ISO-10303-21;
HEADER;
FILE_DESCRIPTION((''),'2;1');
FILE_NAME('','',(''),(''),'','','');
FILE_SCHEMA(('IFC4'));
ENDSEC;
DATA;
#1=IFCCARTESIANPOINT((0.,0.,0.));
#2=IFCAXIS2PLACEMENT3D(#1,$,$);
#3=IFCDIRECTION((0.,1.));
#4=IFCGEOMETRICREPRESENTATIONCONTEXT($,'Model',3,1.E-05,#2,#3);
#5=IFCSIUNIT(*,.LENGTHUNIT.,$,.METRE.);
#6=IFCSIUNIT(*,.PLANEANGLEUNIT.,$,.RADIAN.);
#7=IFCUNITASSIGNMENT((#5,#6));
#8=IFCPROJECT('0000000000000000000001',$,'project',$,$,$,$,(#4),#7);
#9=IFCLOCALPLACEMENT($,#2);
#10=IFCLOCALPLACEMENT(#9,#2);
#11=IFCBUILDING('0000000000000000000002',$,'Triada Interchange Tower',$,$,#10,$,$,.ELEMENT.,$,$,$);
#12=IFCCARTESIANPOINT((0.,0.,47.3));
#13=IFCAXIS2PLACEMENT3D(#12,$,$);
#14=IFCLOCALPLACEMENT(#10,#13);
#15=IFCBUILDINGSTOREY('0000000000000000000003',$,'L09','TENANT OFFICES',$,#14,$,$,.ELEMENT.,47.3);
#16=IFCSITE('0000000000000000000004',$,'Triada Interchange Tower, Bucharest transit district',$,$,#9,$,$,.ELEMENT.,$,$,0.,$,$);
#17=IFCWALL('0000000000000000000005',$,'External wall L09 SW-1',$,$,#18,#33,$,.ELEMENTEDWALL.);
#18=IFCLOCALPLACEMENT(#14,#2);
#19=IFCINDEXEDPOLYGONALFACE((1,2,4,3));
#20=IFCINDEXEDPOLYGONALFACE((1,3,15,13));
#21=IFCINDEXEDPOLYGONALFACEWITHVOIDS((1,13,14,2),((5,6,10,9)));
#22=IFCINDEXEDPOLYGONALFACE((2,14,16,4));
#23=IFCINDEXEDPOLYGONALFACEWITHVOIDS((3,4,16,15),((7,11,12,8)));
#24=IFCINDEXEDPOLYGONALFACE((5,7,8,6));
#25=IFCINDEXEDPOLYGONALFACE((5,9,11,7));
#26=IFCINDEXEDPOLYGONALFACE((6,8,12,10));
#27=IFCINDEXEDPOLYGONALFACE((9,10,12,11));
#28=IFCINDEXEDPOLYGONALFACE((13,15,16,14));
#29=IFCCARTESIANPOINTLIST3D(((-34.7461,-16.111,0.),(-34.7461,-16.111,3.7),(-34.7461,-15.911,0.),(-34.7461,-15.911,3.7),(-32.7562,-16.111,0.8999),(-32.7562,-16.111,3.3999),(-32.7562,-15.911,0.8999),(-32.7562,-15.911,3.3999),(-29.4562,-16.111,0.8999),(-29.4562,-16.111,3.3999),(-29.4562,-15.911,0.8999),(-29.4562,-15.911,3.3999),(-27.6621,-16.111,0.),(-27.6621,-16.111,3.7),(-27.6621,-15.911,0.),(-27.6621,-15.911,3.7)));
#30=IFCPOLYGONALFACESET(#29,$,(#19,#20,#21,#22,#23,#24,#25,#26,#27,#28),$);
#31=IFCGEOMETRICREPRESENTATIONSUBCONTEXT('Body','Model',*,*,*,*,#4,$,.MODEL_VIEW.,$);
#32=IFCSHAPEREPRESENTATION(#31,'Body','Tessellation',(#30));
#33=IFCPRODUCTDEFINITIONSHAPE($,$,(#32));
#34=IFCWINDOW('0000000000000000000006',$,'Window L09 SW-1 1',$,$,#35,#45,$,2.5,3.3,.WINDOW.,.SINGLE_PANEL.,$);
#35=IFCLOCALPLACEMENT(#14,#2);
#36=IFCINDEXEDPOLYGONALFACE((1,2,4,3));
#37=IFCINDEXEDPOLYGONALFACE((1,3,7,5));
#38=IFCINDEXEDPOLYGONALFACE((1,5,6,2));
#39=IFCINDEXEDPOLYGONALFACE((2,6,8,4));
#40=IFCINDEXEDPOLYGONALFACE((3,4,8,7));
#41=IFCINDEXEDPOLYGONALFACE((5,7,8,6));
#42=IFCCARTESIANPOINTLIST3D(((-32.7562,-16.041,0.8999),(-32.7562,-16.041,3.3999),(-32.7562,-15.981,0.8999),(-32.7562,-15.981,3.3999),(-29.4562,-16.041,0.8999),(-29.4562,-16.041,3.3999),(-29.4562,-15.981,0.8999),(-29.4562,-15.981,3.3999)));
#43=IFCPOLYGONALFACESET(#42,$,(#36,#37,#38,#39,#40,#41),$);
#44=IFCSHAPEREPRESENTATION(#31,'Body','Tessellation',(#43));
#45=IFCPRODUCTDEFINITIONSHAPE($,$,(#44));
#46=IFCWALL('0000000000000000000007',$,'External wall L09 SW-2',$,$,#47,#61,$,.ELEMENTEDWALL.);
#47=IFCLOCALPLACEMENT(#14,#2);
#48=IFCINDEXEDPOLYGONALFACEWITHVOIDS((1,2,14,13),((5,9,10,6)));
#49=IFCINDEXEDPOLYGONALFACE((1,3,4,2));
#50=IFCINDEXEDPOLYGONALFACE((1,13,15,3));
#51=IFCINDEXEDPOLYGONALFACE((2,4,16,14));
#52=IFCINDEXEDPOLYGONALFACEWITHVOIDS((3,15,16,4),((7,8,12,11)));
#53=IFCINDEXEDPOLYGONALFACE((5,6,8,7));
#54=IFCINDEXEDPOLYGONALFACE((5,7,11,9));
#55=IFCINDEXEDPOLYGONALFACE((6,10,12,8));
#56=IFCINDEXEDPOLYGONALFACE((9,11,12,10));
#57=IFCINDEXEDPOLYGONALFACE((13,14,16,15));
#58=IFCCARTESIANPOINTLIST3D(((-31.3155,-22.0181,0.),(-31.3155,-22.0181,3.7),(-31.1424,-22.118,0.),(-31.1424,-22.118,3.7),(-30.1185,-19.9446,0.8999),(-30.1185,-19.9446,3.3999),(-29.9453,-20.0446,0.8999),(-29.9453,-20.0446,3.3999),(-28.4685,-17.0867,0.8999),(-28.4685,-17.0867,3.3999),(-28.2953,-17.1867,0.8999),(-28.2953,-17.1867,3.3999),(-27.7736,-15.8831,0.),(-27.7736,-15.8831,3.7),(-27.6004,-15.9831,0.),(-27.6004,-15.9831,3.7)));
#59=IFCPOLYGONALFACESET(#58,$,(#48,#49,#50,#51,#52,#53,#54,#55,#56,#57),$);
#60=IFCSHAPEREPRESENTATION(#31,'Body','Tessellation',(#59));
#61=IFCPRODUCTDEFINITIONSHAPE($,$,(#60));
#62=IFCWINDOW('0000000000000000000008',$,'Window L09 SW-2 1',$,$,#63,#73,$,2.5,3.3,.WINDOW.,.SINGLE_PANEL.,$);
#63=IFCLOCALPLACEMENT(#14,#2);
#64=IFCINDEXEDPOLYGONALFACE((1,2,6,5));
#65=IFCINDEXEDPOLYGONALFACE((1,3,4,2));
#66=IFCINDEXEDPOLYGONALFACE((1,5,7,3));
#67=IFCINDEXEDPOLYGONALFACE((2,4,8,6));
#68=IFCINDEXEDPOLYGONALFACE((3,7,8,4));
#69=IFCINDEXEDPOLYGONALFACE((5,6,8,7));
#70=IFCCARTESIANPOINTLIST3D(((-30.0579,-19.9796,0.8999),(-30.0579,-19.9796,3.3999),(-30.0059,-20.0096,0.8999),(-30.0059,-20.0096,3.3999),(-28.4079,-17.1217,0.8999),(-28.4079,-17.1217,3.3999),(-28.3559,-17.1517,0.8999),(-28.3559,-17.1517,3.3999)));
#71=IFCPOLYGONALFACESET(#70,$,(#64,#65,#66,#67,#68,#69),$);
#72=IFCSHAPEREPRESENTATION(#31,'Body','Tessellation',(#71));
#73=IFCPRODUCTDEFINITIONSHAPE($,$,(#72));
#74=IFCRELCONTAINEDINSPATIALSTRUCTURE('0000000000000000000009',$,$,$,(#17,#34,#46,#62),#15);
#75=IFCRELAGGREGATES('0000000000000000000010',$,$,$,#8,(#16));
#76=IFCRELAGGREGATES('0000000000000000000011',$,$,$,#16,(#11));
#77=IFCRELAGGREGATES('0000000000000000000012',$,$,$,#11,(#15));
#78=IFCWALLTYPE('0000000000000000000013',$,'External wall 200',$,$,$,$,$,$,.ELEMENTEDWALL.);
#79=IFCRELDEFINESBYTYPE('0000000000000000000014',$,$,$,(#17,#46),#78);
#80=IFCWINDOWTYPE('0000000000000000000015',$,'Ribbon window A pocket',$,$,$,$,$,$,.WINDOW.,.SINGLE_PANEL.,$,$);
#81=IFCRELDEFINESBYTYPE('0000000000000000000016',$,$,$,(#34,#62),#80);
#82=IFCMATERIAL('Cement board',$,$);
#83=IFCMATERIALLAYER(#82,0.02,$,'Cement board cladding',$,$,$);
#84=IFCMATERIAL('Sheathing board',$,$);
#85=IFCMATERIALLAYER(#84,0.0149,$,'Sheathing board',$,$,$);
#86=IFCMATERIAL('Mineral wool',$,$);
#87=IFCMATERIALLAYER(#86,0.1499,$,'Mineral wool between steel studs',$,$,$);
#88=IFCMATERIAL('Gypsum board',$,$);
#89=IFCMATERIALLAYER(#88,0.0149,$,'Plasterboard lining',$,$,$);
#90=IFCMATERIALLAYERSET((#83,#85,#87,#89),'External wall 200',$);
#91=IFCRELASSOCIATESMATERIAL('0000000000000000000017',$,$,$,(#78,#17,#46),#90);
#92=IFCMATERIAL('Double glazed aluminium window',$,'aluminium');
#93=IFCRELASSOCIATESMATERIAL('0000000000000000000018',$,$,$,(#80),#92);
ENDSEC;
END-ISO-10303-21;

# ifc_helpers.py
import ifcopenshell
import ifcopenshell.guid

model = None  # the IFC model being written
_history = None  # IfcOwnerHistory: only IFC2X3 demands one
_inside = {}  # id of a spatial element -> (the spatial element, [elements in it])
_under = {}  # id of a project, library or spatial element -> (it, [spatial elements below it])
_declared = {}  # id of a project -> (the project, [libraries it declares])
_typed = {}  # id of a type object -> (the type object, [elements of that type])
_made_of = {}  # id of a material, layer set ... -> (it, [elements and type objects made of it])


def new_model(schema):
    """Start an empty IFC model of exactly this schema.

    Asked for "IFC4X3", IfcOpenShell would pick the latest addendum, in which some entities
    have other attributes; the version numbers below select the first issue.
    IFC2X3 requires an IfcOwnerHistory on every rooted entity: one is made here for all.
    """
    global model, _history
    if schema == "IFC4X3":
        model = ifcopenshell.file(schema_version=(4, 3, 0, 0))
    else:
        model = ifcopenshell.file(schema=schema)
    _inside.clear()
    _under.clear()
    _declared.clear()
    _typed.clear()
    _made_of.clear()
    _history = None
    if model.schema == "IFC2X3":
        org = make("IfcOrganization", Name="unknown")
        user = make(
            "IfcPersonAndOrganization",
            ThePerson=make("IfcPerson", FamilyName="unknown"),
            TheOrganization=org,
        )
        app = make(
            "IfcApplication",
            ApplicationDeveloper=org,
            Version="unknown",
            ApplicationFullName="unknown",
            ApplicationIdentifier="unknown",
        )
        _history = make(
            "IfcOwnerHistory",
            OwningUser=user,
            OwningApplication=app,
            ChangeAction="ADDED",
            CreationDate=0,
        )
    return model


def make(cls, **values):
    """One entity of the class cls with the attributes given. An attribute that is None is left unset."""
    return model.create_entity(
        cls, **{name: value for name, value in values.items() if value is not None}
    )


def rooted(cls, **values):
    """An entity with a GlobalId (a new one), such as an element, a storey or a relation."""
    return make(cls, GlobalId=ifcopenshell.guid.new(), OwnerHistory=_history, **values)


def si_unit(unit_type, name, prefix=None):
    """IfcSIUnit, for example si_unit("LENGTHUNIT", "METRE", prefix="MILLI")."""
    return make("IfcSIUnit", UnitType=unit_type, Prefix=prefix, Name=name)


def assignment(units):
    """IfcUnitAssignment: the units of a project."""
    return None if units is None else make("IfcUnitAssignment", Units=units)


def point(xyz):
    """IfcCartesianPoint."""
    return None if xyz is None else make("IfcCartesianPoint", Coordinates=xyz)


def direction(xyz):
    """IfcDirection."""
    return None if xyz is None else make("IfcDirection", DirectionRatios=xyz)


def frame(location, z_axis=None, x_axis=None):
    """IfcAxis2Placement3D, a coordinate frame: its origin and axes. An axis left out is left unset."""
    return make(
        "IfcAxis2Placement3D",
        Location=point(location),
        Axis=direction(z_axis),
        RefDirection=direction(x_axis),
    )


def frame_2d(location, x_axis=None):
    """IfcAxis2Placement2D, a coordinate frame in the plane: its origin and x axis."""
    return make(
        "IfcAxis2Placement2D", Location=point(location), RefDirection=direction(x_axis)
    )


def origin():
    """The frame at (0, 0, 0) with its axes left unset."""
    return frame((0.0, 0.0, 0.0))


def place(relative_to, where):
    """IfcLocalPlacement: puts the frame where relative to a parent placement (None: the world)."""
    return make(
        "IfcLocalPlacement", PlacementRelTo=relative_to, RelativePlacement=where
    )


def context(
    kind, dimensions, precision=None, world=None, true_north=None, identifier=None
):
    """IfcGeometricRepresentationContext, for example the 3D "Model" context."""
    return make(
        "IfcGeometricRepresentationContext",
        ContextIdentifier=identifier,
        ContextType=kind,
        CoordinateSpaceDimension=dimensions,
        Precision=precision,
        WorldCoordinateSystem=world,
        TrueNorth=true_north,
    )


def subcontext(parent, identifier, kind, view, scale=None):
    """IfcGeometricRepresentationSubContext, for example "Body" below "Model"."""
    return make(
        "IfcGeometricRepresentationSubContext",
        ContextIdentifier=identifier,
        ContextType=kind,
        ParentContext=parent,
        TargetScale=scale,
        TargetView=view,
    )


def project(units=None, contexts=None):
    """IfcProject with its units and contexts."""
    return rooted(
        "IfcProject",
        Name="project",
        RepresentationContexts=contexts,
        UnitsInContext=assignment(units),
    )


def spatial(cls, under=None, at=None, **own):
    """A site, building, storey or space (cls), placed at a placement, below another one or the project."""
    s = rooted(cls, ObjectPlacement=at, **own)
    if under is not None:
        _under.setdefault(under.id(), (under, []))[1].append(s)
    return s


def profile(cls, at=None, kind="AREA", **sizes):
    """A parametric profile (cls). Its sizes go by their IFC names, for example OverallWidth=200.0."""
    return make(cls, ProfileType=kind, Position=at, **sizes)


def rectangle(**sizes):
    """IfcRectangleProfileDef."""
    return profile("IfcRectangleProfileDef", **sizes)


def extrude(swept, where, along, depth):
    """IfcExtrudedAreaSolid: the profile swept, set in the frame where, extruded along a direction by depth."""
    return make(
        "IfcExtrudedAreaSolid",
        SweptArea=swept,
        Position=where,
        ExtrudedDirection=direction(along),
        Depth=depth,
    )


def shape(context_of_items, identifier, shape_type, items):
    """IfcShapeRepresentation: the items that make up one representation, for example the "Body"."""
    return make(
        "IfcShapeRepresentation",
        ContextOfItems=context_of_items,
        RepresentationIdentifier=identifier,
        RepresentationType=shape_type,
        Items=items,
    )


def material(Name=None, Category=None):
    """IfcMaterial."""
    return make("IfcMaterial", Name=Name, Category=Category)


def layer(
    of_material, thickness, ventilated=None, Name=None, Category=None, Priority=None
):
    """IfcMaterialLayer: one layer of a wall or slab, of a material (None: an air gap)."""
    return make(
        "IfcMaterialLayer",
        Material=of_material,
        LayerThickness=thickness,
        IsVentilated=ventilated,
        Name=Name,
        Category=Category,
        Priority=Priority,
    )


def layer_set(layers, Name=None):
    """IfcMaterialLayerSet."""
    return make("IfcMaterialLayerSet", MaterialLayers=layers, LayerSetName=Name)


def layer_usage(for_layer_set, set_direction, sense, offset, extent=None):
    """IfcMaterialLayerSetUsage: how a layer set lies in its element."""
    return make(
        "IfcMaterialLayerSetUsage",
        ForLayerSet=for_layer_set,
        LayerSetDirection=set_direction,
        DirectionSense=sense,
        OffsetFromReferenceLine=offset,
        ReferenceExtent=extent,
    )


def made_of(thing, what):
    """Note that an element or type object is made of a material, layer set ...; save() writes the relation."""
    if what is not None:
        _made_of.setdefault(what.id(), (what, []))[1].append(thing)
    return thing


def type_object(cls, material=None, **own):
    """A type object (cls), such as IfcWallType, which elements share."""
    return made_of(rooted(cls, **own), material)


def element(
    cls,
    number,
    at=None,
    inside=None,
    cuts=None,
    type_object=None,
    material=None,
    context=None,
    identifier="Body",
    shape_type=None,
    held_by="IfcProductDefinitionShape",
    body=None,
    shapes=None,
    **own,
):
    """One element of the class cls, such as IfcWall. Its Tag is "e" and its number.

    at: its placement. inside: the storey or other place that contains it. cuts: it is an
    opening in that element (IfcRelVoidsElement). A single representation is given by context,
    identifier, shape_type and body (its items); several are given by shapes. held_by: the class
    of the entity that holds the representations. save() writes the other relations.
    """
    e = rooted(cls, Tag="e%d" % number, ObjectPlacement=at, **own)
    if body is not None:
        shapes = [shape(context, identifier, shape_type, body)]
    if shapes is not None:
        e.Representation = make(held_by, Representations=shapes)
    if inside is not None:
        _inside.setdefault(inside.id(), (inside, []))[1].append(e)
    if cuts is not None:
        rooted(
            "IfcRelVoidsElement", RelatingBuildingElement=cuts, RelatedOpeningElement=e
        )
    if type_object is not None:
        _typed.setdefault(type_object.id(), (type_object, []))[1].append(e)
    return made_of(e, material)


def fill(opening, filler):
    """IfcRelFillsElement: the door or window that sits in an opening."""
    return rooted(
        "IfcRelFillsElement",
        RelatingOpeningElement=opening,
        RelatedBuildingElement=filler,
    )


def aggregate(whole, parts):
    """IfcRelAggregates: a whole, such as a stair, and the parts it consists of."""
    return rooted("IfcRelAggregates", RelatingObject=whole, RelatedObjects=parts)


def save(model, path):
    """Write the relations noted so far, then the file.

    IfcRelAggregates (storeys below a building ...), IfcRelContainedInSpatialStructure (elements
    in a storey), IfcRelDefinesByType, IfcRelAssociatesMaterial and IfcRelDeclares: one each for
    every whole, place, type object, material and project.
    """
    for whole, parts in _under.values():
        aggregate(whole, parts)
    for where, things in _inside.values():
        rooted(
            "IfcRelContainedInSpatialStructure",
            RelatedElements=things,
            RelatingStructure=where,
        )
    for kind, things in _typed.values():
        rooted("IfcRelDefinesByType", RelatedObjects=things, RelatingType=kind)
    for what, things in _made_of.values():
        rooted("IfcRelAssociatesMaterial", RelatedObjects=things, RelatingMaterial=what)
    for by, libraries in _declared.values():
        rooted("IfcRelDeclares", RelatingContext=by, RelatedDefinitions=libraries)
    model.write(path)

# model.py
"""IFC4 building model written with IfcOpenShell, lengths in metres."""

from ifc_helpers import new_model, si_unit, direction, frame, frame_2d, origin, place, context, subcontext, project, spatial, rectangle, extrude, material, layer, layer_set, layer_usage, type_object, element, fill, save


model = new_model("IFC4")

# Units and contexts
model_context = context("Model", 3, precision=1e-05, world=origin(), true_north=direction((0.0, 1.0)))
body_context = subcontext(model_context, "Body", "Model", "MODEL_VIEW")
ifc_project = project(units=[si_unit("LENGTHUNIT", "METRE"), si_unit("PLANEANGLEUNIT", "RADIAN")], contexts=[model_context])

# Site, building, storey
site_placement = place(None, origin())
site = spatial("IfcSite", under=ifc_project, at=site_placement, Name="Triada Interchange Tower, Bucharest transit district", CompositionType="ELEMENT", RefElevation=0.0)
building_placement = place(site_placement, origin())
building = spatial("IfcBuilding", under=site, at=building_placement, Name="Triada Interchange Tower", CompositionType="ELEMENT")
storey_placement = place(building_placement, frame((0.0, 0.0, 47.3)))
storey = spatial("IfcBuildingStorey", under=building, at=storey_placement, Name="L09", Description="TENANT OFFICES", CompositionType="ELEMENT", Elevation=47.3)

# Walls, openings, windows
ifc_material_1 = material(Name="Cement board")
ifc_layer_1 = layer(ifc_material_1, 0.02, Name="Cement board cladding")
ifc_material_2 = material(Name="Sheathing board")
ifc_layer_2 = layer(ifc_material_2, 0.0149, Name="Sheathing board")
ifc_material_3 = material(Name="Mineral wool")
ifc_layer_3 = layer(ifc_material_3, 0.1499, Name="Mineral wool between steel studs")
ifc_material_4 = material(Name="Gypsum board")
ifc_layer_4 = layer(ifc_material_4, 0.0149, Name="Plasterboard lining")
ifc_layer_set_1 = layer_set([ifc_layer_1, ifc_layer_2, ifc_layer_3, ifc_layer_4], Name="External wall 200")
ifc_layer_usage = layer_usage(ifc_layer_set_1, "AXIS2", "POSITIVE", -0.1001)
wall_type_1 = type_object("IfcWallType", Name="External wall 200", PredefinedType="ELEMENTEDWALL", material=ifc_layer_set_1)
wall_1_placement = place(storey_placement, frame((-34.7461, -16.011, 0.0), z_axis=(0.0, 0.0, 1.0), x_axis=(1.0, 0.0, 0.0)))
wall_1 = element("IfcWall", 1, at=wall_1_placement, inside=storey, type_object=wall_type_1, material=ifc_layer_usage, Name="External wall L09 SW-1", PredefinedType="ELEMENTEDWALL", context=body_context, shape_type="SweptSolid", body=[
    extrude(rectangle(XDim=7.084, YDim=0.2, at=frame_2d((3.542, 0.0))), origin(), (0.0, 0.0, 1.0), 3.7),
])
opening_1_placement = place(wall_1_placement, frame((1.99, 0.0, 0.8999)))
opening_1 = element("IfcOpeningElement", 2, at=opening_1_placement, cuts=wall_1, PredefinedType="OPENING", context=body_context, shape_type="SweptSolid", body=[
    extrude(rectangle(XDim=3.3, YDim=2.5, at=frame_2d((1.6499, 1.25))), frame((0.0, 0.1099, 0.0), z_axis=(0.0, -1.0, 0.0), x_axis=(1.0, 0.0, 0.0)), (0.0, 0.0, 1.0), 0.22),
])
ifc_material_5 = material(Name="Double glazed aluminium window", Category="aluminium")
window_type_1 = type_object("IfcWindowType", Name="Ribbon window A pocket", PartitioningType="SINGLE_PANEL", PredefinedType="WINDOW", material=ifc_material_5)
window_1_placement = place(opening_1_placement, origin())
window_1 = element("IfcWindow", 3, at=window_1_placement, inside=storey, type_object=window_type_1, Name="Window L09 SW-1 1", OverallHeight=2.5, OverallWidth=3.3, PartitioningType="SINGLE_PANEL", PredefinedType="WINDOW", context=body_context, shape_type="SweptSolid", body=[
    extrude(rectangle(XDim=3.3, YDim=2.5, at=frame_2d((1.6499, 1.25))), frame((0.0, 0.03, 0.0), z_axis=(0.0, -1.0, 0.0), x_axis=(1.0, 0.0, 0.0)), (0.0, 0.0, 1.0), 0.0601),
])
fill(opening_1, window_1)
wall_2_placement = place(storey_placement, frame((-27.687, -15.9331, 0.0), z_axis=(0.0, 0.0, 1.0), x_axis=(-0.499994, -0.866029, 0.0)))
wall_2 = element("IfcWall", 4, at=wall_2_placement, inside=storey, type_object=wall_type_1, material=ifc_layer_usage, Name="External wall L09 SW-2", PredefinedType="ELEMENTEDWALL", context=body_context, shape_type="SweptSolid", body=[
    extrude(rectangle(XDim=7.084, YDim=0.2, at=frame_2d((3.542, 0.0))), origin(), (0.0, 0.0, 1.0), 3.7),
])
opening_2_placement = place(wall_2_placement, frame((1.3899, 0.0, 0.8999)))
opening_2 = element("IfcOpeningElement", 5, at=opening_2_placement, cuts=wall_2, PredefinedType="OPENING", context=body_context, shape_type="SweptSolid", body=[
    extrude(rectangle(XDim=3.3, YDim=2.5, at=frame_2d((1.6499, 1.25))), frame((0.0, 0.1099, 0.0), z_axis=(0.0, -1.0, 0.0), x_axis=(1.0, 0.0, 0.0)), (0.0, 0.0, 1.0), 0.22),
])
window_2_placement = place(opening_2_placement, origin())
window_2 = element("IfcWindow", 6, at=window_2_placement, inside=storey, type_object=window_type_1, Name="Window L09 SW-2 1", OverallHeight=2.5, OverallWidth=3.3, PartitioningType="SINGLE_PANEL", PredefinedType="WINDOW", context=body_context, shape_type="SweptSolid", body=[
    extrude(rectangle(XDim=3.3, YDim=2.5, at=frame_2d((1.6499, 1.25))), frame((0.0, 0.03, 0.0), z_axis=(0.0, -1.0, 0.0), x_axis=(1.0, 0.0, 0.0)), (0.0, 0.0, 1.0), 0.0601),
])
fill(opening_2, window_2)

save(model, "model.ifc")
